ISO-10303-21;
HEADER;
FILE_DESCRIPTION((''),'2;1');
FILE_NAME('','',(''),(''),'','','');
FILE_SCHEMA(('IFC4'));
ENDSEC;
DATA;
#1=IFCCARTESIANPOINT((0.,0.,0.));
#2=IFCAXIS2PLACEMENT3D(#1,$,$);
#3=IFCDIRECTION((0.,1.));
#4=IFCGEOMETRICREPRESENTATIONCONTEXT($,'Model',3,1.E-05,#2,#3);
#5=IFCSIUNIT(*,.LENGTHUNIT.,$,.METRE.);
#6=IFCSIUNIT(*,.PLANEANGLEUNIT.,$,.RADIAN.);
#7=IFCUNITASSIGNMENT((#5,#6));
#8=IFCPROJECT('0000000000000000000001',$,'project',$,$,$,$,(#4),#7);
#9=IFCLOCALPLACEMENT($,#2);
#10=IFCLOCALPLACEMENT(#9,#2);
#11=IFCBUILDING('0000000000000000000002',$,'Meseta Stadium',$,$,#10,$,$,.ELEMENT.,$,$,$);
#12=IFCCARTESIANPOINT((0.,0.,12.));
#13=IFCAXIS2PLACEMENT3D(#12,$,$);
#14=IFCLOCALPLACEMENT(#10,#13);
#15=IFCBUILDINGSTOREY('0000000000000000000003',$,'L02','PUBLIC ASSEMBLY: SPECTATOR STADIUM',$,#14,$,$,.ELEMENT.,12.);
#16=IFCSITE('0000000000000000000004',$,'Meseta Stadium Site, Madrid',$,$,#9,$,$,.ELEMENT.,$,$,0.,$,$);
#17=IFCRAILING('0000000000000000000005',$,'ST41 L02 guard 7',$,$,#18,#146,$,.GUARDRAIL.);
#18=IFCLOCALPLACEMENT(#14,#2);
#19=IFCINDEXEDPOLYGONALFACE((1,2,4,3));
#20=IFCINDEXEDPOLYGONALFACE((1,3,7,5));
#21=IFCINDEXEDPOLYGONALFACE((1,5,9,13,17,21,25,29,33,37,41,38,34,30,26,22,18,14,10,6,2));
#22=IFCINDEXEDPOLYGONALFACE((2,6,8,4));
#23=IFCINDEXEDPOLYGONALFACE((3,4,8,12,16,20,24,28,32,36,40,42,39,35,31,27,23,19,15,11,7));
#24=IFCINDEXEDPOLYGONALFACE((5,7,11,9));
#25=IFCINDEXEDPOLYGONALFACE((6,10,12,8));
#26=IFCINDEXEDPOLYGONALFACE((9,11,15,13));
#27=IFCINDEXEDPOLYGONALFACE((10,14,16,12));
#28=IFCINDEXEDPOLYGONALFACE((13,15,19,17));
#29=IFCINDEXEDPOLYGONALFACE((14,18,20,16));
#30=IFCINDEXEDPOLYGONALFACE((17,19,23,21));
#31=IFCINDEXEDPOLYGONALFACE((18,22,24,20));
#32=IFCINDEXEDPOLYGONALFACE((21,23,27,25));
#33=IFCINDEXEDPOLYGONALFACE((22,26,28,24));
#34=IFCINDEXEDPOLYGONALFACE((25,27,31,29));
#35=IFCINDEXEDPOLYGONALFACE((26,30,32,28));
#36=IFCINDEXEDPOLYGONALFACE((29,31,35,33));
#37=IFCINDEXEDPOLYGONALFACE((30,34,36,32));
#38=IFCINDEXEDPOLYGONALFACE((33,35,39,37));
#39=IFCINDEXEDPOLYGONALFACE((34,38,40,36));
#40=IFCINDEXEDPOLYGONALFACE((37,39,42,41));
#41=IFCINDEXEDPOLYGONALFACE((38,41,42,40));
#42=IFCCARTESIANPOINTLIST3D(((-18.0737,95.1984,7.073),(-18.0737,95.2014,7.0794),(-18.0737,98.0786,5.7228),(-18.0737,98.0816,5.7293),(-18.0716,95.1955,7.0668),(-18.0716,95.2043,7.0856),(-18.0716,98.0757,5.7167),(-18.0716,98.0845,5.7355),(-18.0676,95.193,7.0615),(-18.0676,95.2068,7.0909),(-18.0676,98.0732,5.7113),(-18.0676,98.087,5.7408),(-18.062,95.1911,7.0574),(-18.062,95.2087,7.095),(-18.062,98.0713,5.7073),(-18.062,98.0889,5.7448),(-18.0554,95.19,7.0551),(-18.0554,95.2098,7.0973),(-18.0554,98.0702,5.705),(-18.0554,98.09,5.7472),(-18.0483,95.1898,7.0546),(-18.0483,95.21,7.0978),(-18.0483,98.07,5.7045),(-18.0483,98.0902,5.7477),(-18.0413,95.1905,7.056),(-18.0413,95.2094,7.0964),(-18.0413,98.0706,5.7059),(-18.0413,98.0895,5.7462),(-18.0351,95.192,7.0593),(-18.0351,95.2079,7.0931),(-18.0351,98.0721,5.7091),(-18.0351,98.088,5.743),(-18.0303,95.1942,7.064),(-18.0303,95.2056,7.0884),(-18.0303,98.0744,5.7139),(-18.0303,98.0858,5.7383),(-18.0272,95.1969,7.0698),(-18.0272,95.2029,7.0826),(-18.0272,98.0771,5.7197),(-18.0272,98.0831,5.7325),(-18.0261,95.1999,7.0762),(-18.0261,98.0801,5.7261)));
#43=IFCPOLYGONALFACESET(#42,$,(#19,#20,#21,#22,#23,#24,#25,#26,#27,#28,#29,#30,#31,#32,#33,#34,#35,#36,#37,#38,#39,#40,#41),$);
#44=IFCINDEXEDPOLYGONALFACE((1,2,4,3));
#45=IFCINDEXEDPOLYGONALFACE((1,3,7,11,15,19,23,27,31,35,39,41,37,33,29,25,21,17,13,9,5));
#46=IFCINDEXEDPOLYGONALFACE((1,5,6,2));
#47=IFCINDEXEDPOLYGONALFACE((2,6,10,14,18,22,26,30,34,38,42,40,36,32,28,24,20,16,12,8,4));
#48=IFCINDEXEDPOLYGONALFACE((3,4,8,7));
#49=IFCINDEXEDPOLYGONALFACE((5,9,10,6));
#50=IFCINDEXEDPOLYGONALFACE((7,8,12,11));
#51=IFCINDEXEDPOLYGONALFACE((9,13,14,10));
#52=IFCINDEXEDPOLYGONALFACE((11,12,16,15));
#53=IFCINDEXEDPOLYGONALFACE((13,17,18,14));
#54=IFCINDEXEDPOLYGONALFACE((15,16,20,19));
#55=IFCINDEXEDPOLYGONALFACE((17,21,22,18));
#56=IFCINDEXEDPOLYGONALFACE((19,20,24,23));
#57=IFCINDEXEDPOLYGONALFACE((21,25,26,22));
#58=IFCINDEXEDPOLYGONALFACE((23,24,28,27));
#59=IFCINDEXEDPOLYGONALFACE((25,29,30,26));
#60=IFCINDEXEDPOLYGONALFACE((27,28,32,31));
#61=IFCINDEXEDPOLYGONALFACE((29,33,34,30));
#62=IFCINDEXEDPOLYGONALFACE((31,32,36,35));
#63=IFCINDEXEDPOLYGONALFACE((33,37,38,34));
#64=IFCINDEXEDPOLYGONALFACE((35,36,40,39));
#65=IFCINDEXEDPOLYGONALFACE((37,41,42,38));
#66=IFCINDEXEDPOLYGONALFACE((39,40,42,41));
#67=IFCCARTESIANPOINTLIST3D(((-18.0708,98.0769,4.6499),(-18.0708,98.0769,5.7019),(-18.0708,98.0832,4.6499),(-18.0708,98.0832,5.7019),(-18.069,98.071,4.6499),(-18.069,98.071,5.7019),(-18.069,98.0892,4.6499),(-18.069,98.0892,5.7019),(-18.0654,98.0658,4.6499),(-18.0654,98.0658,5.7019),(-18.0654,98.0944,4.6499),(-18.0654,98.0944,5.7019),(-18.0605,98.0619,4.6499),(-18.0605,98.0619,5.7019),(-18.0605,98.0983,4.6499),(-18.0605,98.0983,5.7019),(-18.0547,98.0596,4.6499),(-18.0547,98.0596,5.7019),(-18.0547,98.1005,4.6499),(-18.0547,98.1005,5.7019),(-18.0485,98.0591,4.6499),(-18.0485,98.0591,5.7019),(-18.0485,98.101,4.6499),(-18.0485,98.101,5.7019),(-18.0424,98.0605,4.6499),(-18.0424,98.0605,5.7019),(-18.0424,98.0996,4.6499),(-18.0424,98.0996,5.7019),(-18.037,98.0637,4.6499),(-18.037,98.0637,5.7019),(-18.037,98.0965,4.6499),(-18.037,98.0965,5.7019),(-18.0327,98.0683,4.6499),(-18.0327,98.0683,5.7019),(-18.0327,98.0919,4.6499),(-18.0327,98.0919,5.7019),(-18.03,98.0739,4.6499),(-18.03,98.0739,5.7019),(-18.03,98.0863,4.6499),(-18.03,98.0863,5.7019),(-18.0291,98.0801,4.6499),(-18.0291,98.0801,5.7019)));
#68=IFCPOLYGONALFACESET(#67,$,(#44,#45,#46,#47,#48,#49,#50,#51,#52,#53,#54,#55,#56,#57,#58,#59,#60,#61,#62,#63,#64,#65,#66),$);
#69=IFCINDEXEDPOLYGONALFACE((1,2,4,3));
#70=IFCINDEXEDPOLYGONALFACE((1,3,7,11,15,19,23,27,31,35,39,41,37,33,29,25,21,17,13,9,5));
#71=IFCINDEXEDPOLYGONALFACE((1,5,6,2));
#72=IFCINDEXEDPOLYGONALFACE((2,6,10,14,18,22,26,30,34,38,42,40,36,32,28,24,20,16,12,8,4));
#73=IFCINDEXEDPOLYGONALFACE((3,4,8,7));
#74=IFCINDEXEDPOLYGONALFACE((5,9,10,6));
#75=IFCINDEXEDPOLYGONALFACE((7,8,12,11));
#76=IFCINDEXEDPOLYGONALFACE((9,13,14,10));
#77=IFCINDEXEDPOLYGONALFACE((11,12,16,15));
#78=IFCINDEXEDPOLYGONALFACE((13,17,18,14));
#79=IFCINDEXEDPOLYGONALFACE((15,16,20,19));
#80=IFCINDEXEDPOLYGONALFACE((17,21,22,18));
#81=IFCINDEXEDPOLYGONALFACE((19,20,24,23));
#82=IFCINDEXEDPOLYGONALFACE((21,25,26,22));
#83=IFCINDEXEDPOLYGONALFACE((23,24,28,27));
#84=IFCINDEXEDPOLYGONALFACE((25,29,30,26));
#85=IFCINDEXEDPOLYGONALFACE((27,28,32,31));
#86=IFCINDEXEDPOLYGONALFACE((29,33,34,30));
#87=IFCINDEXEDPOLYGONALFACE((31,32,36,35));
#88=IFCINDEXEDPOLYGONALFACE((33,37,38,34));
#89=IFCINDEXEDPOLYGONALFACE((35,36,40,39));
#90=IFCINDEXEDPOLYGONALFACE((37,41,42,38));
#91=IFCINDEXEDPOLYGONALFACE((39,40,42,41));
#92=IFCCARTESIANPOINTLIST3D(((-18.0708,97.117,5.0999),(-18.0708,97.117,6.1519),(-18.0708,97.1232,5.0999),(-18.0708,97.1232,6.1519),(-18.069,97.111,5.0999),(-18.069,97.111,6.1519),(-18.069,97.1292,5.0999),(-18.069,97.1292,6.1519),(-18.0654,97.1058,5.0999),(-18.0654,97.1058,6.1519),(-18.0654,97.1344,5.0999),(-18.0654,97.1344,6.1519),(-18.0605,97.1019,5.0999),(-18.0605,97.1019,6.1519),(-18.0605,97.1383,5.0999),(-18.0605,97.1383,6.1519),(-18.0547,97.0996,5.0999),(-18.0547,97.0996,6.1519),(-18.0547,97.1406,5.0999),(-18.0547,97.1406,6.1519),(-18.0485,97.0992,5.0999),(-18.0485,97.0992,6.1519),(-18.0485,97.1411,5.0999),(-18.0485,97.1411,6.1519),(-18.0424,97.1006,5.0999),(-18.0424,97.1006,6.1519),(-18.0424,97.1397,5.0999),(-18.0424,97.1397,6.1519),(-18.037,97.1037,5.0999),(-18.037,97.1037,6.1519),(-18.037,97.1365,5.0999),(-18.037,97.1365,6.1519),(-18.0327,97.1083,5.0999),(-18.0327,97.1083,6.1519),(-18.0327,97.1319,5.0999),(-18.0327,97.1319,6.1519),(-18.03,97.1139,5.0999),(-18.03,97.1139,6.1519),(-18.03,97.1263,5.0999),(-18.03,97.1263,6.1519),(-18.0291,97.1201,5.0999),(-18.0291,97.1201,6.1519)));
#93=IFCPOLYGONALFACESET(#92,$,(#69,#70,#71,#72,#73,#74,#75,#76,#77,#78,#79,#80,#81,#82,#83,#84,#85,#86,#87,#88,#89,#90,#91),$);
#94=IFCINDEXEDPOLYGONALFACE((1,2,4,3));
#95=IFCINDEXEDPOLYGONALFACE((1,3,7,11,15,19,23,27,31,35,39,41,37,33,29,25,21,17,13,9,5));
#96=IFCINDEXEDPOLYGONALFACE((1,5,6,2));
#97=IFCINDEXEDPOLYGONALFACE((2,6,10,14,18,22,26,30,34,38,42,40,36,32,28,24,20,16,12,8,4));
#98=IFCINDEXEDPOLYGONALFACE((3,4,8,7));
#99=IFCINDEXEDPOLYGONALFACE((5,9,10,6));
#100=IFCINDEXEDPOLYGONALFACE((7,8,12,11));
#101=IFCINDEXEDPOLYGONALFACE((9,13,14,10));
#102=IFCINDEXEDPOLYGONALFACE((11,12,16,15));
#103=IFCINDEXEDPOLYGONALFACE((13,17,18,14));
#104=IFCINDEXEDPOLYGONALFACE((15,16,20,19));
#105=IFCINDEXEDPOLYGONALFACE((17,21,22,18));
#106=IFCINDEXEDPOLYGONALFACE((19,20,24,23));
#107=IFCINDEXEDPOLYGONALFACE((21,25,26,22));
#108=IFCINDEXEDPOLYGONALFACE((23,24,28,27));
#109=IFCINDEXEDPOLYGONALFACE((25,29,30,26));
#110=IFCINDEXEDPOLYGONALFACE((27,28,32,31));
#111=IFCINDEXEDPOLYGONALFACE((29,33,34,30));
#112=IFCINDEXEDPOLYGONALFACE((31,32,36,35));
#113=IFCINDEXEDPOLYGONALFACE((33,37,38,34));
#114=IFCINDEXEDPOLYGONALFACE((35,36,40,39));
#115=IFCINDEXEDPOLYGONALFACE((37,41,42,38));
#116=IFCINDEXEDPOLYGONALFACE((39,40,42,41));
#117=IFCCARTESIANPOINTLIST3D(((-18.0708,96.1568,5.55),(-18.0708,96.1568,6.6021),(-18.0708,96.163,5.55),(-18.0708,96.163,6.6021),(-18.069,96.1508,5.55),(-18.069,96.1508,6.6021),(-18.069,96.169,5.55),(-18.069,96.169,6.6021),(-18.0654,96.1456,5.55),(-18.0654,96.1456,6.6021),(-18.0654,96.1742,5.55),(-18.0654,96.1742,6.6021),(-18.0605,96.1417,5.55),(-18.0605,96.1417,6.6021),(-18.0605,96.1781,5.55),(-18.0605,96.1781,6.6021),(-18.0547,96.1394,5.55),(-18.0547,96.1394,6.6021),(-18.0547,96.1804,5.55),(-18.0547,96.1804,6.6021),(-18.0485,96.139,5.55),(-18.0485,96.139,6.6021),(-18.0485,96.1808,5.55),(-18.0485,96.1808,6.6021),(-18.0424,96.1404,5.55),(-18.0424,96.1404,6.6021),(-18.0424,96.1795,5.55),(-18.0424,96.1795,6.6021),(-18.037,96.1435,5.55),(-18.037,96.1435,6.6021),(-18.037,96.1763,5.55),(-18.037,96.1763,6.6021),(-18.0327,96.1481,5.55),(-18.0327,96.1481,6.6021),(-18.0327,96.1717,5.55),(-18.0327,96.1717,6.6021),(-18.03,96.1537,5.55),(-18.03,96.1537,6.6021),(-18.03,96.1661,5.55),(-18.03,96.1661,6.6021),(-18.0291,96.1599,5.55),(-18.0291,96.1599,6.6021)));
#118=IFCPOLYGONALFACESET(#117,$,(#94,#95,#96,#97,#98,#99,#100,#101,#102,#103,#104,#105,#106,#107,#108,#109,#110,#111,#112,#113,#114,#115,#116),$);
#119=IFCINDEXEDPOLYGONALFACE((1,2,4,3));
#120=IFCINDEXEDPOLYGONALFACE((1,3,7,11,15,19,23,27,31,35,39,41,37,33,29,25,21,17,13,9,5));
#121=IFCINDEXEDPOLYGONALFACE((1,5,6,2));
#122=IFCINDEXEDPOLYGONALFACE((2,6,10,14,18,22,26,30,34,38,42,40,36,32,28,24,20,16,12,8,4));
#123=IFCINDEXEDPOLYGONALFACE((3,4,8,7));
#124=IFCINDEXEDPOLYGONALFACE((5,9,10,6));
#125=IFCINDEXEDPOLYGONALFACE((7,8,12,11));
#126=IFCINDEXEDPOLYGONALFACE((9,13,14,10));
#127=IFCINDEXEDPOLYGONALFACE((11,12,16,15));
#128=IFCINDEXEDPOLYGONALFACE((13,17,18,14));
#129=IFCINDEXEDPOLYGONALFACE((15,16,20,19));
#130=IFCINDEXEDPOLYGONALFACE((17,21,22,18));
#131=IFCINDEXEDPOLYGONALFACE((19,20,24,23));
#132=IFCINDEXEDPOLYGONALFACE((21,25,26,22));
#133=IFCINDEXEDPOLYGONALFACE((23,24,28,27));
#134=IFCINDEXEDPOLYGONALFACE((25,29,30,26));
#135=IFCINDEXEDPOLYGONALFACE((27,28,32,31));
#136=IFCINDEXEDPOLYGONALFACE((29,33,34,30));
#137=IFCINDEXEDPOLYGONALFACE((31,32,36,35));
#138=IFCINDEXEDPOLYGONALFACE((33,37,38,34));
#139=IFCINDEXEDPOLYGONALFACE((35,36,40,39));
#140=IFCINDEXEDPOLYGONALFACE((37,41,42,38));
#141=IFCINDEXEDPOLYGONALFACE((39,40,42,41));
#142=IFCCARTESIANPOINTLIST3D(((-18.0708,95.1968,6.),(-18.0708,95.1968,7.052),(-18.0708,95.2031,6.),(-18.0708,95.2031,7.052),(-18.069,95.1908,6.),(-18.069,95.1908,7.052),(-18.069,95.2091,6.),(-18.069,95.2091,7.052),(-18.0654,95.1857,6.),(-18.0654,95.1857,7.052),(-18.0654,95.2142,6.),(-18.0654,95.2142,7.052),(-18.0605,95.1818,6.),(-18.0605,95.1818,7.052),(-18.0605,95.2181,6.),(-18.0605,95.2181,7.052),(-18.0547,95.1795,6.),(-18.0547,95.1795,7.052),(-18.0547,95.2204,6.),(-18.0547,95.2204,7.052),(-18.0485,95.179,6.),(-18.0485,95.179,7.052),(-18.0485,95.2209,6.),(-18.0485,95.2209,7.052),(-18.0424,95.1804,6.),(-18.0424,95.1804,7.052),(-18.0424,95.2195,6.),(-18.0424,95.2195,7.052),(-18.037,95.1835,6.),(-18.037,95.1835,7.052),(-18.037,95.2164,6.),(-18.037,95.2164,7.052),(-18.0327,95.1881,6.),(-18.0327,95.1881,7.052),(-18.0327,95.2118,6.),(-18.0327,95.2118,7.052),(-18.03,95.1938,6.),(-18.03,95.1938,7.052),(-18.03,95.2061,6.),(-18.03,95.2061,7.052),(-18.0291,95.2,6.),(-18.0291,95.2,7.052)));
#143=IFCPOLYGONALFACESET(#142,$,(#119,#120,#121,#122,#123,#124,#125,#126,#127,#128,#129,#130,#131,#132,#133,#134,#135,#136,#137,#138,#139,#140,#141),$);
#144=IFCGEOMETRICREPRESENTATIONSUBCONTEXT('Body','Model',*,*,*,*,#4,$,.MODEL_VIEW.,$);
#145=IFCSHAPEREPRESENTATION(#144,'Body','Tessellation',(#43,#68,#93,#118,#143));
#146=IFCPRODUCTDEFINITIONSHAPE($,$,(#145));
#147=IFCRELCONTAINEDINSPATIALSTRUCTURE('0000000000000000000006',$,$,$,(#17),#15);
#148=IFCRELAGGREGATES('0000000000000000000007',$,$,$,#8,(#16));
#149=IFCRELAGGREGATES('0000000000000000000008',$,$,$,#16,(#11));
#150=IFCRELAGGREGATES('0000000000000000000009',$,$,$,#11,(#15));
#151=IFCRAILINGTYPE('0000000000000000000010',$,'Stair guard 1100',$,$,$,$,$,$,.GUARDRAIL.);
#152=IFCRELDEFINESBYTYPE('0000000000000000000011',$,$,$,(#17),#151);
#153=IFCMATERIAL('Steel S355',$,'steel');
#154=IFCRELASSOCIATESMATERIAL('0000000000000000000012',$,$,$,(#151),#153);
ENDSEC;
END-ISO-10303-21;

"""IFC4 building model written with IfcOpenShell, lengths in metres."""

from ifc_helpers import new_model, si_unit, direction, frame, origin, origin_2d, place, context, subcontext, project, spatial, circle, extrude, material, type_object, element, save


model = new_model("IFC4")

# Units and contexts
model_context = context("Model", 3, precision=1e-05, world=origin(), true_north=direction((0.0, 1.0)))
body_context = subcontext(model_context, "Body", "Model", "MODEL_VIEW")
ifc_project = project(units=[si_unit("LENGTHUNIT", "METRE"), si_unit("PLANEANGLEUNIT", "RADIAN")], contexts=[model_context])

# Site, building, storey
site_placement = place(None, origin())
site = spatial("IfcSite", under=ifc_project, at=site_placement, Name="Meseta Stadium Site, Madrid", CompositionType="ELEMENT", RefElevation=0.0)
building_placement = place(site_placement, origin())
building = spatial("IfcBuilding", under=site, at=building_placement, Name="Meseta Stadium", CompositionType="ELEMENT")
storey_placement = place(building_placement, frame((0.0, 0.0, 12.0)))
storey = spatial("IfcBuildingStorey", under=building, at=storey_placement, Name="L02", Description="PUBLIC ASSEMBLY: SPECTATOR STADIUM", CompositionType="ELEMENT", Elevation=12.0)

# Railing
ifc_material_1 = material(Name="Steel S355", Category="steel")
railing_type_1 = type_object("IfcRailingType", Name="Stair guard 1100", PredefinedType="GUARDRAIL", material=ifc_material_1)
railing_1_placement = place(storey_placement, frame((-18.05, 98.0801, 4.6499)))
element("IfcRailing", 1, at=railing_1_placement, inside=storey, type_object=railing_type_1, Name="ST41 L02 guard 7", PredefinedType="GUARDRAIL", context=body_context, shape_type="SweptSolid", body=[
    extrude(circle(Radius=0.0239, at=origin_2d()), frame((0.0, 0.0, 1.0762), z_axis=(0.0, -0.905454, 0.424444), x_axis=(1.0, 0.0, 0.0)), (0.0, 0.0, 1.0), 3.1809),
    extrude(circle(Radius=0.021, at=origin_2d()), origin(), (0.0, 0.0, 1.0), 1.052),
    extrude(circle(Radius=0.021, at=origin_2d()), frame((0.0, -0.96, 0.45)), (0.0, 0.0, 1.0), 1.052),
    extrude(circle(Radius=0.021, at=origin_2d()), frame((0.0, -1.9202, 0.9001)), (0.0, 0.0, 1.0), 1.052),
    extrude(circle(Radius=0.021, at=origin_2d()), frame((0.0, -2.8801, 1.3501)), (0.0, 0.0, 1.0), 1.052),
])

save(model, "model.ifc")
